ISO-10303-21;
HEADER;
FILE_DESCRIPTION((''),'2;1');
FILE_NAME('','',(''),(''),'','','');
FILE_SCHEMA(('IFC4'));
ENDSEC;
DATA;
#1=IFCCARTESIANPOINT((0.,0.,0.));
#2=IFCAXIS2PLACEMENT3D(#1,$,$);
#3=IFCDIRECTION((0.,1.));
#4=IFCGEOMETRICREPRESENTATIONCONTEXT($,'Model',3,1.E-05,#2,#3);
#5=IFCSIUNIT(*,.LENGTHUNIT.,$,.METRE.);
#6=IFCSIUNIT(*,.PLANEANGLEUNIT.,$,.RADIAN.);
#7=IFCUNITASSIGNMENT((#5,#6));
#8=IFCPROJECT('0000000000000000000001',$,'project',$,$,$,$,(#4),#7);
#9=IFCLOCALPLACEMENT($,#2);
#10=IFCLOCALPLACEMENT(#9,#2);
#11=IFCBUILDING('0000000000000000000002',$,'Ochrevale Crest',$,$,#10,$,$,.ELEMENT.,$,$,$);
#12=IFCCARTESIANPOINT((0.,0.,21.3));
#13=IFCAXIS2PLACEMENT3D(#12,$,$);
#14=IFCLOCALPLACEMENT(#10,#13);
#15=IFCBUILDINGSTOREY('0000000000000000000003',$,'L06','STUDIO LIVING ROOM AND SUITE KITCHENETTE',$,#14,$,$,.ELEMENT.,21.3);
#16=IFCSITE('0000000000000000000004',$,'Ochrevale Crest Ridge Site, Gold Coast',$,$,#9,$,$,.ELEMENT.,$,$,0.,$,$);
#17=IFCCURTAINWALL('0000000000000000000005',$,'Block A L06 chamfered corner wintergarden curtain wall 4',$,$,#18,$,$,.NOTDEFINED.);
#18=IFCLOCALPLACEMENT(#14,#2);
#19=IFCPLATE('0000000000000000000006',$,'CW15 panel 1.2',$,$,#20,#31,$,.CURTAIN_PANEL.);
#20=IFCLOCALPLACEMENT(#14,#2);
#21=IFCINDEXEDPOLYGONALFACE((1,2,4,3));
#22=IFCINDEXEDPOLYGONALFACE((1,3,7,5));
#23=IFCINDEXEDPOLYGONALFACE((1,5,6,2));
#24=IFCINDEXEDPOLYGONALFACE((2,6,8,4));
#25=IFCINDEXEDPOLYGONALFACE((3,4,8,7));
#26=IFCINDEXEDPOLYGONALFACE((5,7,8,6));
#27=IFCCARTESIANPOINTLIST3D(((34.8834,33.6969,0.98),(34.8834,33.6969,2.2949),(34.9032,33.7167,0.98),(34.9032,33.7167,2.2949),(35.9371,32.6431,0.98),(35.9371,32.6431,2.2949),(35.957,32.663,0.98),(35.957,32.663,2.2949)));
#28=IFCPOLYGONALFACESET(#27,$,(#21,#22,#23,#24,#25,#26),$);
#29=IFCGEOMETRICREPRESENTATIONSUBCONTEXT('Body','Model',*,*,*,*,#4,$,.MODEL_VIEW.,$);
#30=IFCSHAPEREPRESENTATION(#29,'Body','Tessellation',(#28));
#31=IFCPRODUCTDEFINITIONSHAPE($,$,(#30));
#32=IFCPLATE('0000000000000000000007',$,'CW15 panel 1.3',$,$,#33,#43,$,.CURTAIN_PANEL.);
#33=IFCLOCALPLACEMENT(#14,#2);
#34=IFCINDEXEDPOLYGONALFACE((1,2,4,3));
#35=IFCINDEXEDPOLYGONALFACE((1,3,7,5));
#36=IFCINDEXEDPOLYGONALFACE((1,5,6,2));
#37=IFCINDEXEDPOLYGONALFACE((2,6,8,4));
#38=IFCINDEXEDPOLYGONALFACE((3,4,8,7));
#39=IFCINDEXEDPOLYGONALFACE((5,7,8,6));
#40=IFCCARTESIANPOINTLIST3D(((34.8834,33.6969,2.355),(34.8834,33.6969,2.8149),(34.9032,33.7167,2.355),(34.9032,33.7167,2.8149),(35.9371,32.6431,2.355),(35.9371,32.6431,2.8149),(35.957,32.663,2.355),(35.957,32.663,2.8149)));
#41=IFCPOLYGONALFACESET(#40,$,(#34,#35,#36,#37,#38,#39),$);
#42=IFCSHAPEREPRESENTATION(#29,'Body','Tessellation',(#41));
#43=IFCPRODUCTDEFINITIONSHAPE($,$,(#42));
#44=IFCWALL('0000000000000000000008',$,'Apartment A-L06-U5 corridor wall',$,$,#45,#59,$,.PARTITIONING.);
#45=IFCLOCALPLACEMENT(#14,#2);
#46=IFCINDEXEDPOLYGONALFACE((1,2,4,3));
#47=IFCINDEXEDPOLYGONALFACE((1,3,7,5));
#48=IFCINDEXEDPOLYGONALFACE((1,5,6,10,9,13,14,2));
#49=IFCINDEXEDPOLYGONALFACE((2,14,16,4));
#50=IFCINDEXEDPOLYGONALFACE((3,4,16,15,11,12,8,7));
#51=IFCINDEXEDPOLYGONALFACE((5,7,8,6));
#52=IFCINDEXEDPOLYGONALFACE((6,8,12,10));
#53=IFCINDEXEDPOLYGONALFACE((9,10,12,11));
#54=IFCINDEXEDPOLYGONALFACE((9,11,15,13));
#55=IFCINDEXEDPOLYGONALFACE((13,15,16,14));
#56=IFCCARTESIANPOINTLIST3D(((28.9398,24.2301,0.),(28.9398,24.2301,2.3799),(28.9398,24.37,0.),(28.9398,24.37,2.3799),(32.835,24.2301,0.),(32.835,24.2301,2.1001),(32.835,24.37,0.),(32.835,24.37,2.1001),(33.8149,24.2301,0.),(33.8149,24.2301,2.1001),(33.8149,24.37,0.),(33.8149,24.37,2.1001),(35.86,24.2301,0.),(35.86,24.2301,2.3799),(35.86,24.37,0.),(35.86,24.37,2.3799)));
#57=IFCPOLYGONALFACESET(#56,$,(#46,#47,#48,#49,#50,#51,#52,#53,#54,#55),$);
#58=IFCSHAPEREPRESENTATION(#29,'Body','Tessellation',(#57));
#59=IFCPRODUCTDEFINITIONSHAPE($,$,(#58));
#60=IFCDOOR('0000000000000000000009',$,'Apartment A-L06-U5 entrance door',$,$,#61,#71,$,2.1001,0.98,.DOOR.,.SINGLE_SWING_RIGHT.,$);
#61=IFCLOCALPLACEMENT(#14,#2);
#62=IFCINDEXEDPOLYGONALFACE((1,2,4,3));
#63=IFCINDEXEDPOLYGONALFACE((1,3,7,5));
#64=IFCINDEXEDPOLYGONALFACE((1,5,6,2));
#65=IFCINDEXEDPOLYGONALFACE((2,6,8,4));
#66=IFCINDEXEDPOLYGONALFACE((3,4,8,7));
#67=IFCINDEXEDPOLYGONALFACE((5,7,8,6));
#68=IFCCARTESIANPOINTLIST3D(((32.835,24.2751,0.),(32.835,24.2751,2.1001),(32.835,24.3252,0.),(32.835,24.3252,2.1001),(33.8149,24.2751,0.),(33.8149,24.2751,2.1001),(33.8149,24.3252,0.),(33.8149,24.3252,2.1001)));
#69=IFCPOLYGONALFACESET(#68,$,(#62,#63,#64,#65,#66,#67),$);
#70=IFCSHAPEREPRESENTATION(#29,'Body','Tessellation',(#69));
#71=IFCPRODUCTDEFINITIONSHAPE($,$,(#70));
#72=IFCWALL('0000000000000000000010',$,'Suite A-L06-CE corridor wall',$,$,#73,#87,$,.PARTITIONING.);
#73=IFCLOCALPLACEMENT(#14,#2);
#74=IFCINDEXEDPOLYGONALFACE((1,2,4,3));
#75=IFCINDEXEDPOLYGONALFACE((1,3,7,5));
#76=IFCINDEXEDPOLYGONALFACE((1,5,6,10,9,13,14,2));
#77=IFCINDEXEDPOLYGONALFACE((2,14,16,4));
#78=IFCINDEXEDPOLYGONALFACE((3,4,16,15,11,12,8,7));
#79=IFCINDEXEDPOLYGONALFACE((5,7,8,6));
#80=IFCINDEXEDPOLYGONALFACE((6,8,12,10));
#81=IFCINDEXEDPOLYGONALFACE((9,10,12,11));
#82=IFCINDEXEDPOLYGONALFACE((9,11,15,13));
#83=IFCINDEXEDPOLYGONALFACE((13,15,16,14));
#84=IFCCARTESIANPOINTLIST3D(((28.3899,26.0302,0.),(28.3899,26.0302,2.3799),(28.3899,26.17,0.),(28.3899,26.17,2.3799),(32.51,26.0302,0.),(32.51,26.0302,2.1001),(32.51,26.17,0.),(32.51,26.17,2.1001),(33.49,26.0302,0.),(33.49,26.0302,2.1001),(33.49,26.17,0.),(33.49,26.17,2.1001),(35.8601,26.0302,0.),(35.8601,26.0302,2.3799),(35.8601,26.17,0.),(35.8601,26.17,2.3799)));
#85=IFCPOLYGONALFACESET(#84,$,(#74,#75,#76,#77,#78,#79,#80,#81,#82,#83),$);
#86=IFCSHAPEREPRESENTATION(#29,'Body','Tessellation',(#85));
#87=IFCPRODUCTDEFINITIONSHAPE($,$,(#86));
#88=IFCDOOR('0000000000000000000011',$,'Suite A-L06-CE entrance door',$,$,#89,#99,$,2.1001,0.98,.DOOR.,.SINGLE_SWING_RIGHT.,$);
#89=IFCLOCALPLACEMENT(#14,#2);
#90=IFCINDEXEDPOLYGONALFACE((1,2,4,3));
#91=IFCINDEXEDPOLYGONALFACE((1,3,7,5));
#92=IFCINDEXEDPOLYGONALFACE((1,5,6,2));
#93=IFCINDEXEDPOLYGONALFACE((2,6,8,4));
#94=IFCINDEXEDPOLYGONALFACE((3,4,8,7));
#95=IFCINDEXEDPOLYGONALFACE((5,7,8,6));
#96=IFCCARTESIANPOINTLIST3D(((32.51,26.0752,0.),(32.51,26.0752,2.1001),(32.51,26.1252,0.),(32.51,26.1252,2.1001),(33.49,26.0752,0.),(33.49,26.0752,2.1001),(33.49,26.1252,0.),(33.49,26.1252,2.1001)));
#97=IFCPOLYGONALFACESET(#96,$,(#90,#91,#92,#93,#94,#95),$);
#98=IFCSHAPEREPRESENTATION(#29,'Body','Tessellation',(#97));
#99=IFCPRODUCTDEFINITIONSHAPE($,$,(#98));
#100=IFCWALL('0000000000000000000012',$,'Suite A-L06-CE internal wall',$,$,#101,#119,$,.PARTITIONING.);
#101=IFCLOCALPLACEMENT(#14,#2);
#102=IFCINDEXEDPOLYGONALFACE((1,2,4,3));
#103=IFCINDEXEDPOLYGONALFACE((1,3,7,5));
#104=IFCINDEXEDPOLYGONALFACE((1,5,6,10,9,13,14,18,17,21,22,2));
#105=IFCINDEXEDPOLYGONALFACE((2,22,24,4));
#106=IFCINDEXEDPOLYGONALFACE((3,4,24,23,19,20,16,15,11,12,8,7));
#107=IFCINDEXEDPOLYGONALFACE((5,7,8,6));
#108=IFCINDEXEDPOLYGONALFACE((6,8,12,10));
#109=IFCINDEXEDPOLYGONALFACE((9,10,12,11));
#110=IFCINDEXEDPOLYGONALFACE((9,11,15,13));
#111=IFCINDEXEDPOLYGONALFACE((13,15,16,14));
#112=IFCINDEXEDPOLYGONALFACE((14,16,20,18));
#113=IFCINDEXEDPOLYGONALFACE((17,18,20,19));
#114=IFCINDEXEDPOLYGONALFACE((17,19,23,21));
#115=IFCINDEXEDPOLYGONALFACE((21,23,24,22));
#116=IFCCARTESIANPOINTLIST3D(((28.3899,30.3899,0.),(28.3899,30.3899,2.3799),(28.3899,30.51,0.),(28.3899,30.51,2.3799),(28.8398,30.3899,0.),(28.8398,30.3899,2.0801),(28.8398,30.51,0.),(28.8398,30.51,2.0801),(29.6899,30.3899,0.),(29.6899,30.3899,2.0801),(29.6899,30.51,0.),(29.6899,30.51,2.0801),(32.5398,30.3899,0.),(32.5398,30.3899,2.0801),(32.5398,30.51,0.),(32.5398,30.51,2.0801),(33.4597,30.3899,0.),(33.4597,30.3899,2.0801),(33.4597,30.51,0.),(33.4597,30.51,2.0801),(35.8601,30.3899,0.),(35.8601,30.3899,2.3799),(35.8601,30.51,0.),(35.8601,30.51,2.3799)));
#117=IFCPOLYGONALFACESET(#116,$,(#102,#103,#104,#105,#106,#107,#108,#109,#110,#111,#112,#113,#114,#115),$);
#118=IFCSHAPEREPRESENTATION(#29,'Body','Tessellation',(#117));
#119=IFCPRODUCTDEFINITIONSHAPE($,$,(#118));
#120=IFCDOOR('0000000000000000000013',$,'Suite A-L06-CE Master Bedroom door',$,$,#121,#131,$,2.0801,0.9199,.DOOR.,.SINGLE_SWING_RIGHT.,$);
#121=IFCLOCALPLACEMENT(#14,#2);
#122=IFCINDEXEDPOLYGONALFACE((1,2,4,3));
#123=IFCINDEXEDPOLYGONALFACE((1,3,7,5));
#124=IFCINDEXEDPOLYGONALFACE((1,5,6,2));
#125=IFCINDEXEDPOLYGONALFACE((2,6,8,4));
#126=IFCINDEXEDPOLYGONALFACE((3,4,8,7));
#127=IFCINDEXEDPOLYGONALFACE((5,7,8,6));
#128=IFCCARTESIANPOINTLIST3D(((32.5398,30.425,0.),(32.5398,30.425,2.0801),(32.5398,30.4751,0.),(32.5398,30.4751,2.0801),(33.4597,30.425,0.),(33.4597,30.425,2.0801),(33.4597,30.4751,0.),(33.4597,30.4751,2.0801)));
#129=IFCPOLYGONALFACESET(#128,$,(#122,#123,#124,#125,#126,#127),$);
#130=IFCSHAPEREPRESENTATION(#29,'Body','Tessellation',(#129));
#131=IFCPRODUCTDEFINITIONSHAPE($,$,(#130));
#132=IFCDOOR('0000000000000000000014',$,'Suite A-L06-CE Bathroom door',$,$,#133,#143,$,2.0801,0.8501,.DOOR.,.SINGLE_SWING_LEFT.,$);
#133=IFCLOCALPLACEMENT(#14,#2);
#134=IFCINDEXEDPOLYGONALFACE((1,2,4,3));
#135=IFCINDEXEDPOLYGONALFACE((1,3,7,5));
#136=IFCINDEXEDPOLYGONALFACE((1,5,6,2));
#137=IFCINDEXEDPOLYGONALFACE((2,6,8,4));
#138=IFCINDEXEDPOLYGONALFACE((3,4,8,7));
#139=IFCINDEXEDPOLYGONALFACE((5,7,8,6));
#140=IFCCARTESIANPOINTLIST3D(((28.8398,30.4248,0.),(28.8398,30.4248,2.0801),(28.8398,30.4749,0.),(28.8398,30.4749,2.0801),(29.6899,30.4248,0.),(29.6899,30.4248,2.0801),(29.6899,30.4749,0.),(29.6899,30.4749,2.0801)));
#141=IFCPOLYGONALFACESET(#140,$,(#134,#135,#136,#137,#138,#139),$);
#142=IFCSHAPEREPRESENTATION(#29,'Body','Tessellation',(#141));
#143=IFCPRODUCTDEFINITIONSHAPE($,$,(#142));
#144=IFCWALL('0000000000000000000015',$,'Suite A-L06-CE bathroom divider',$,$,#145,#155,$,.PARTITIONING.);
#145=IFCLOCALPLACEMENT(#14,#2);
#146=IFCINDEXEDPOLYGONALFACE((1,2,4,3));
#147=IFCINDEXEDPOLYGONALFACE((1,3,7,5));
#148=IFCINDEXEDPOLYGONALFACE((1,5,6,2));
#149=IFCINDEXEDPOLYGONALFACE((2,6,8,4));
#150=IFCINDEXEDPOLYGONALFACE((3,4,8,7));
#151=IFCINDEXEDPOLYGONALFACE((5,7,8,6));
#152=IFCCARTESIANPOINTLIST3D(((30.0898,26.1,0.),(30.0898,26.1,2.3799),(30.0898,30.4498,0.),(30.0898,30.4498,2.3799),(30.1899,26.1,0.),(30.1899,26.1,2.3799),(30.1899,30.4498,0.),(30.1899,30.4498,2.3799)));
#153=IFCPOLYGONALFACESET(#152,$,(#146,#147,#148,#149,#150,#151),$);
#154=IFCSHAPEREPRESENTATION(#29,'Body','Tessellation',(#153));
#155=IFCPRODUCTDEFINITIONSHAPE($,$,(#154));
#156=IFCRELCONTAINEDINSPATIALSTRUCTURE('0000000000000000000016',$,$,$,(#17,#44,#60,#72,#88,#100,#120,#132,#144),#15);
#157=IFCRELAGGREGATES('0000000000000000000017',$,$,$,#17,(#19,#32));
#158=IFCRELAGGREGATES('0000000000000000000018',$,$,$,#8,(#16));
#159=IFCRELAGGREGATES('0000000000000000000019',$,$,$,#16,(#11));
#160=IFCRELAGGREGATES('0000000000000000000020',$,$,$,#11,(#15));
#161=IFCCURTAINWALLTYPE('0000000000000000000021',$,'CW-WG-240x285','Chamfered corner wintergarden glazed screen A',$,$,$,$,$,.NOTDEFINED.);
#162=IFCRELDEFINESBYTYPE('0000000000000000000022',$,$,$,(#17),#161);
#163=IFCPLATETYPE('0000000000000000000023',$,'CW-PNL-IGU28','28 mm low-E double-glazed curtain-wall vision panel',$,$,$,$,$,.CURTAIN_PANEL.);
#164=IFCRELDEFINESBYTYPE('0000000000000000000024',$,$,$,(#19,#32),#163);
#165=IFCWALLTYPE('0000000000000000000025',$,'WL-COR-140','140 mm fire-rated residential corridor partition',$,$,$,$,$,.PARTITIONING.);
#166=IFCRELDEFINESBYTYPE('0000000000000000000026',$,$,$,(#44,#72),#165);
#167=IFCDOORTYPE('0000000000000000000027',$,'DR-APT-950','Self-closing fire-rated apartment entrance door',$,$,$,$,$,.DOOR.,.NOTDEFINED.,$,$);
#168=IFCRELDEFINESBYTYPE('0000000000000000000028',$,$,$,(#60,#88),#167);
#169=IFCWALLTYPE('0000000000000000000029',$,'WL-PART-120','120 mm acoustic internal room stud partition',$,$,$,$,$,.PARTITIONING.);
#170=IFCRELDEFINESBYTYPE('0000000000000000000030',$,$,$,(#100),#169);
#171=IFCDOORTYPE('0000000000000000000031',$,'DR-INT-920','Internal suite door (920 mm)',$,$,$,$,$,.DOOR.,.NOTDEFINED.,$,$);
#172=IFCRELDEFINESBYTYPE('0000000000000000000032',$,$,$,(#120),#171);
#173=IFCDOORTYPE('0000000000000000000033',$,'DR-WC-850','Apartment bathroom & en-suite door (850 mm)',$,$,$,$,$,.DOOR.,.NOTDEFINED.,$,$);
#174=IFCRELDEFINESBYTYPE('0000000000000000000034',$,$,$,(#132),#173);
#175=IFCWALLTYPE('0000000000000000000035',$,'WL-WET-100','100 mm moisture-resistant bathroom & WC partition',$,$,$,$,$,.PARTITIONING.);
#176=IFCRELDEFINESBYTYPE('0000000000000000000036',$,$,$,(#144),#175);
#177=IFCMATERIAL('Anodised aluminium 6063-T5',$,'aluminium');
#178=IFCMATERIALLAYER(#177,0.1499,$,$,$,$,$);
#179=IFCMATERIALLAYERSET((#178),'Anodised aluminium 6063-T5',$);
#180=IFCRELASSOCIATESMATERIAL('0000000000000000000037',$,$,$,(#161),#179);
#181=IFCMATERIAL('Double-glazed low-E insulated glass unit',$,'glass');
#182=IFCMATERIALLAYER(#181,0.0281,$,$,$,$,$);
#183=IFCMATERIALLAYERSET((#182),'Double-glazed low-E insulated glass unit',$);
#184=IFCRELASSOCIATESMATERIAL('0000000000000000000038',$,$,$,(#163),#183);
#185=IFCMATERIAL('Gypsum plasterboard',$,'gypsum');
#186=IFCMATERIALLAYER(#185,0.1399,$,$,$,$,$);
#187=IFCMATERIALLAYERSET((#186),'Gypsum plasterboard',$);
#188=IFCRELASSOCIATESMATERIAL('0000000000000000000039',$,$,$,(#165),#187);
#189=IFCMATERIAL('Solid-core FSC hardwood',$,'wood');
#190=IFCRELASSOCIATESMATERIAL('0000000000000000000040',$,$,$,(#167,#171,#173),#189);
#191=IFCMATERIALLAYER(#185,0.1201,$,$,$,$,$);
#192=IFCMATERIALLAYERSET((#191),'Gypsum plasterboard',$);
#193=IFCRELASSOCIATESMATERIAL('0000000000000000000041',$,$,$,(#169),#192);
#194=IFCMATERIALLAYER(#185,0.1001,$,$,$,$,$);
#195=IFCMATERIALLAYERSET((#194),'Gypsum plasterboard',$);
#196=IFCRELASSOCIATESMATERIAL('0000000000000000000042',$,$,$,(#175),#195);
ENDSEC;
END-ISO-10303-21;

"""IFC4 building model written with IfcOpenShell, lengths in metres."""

from ifc_helpers import new_model, si_unit, direction, frame, frame_2d, origin, origin_2d, place, context, subcontext, project, spatial, rectangle, extrude, material, layer, layer_set, type_object, element, fill, aggregate, save


model = new_model("IFC4")

# Units and contexts
model_context = context("Model", 3, precision=1e-05, world=origin(), true_north=direction((0.0, 1.0)))
body_context = subcontext(model_context, "Body", "Model", "MODEL_VIEW")
ifc_project = project(units=[si_unit("LENGTHUNIT", "METRE"), si_unit("PLANEANGLEUNIT", "RADIAN")], contexts=[model_context])

# Site, building, storey
site_placement = place(None, origin())
site = spatial("IfcSite", under=ifc_project, at=site_placement, Name="Ochrevale Crest Ridge Site, Gold Coast", CompositionType="ELEMENT", RefElevation=0.0)
building_placement = place(site_placement, origin())
building = spatial("IfcBuilding", under=site, at=building_placement, Name="Ochrevale Crest", CompositionType="ELEMENT")
storey_placement = place(building_placement, frame((0.0, 0.0, 21.3)))
storey = spatial("IfcBuildingStorey", under=building, at=storey_placement, Name="L06", Description="STUDIO LIVING ROOM AND SUITE KITCHENETTE", CompositionType="ELEMENT", Elevation=21.3)

# Curtain wall, plates
ifc_material_1 = material(Name="Anodised aluminium 6063-T5", Category="aluminium")
ifc_layer_1 = layer(ifc_material_1, 0.1499)
ifc_layer_set_1 = layer_set([ifc_layer_1], Name="Anodised aluminium 6063-T5")
curtain_wall_type = type_object("IfcCurtainWallType", Name="CW-WG-240x285", Description="Chamfered corner wintergarden glazed screen A", PredefinedType="NOTDEFINED", material=ifc_layer_set_1)
curtain_wall_placement = place(storey_placement, origin())
curtain_wall = element("IfcCurtainWall", 1, at=curtain_wall_placement, inside=storey, type_object=curtain_wall_type, Name="Block A L06 chamfered corner wintergarden curtain wall 4", PredefinedType="NOTDEFINED")
ifc_material_2 = material(Name="Double-glazed low-E insulated glass unit", Category="glass")
ifc_layer_2 = layer(ifc_material_2, 0.0281)
ifc_layer_set_2 = layer_set([ifc_layer_2], Name="Double-glazed low-E insulated glass unit")
plate_type = type_object("IfcPlateType", Name="CW-PNL-IGU28", Description="28 mm low-E double-glazed curtain-wall vision panel", PredefinedType="CURTAIN_PANEL", material=ifc_layer_set_2)
plate_1_placement = place(storey_placement, frame((35.4202, 33.1799, 0.98), z_axis=(0.0, 0.0, 1.0), x_axis=(-0.707107, 0.707107, 0.0)))
plate_1 = element("IfcPlate", 2, at=plate_1_placement, type_object=plate_type, Name="CW15 panel 1.2", PredefinedType="CURTAIN_PANEL", context=body_context, shape_type="SweptSolid", body=[
    extrude(rectangle(XDim=1.4902, YDim=0.0281, at=origin_2d()), origin(), (0.0, 0.0, 1.0), 1.3149),
])
plate_2_placement = place(storey_placement, frame((35.4202, 33.1799, 2.355), z_axis=(0.0, 0.0, 1.0), x_axis=(-0.707107, 0.707107, 0.0)))
plate_2 = element("IfcPlate", 3, at=plate_2_placement, type_object=plate_type, Name="CW15 panel 1.3", PredefinedType="CURTAIN_PANEL", context=body_context, shape_type="SweptSolid", body=[
    extrude(rectangle(XDim=1.4902, YDim=0.0281, at=origin_2d()), origin(), (0.0, 0.0, 1.0), 0.46),
])
aggregate(curtain_wall, [plate_1, plate_2])

# Walls, openings, doors
ifc_material_3 = material(Name="Gypsum plasterboard", Category="gypsum")
ifc_layer_3 = layer(ifc_material_3, 0.1399)
ifc_layer_set_3 = layer_set([ifc_layer_3], Name="Gypsum plasterboard")
wall_type_1 = type_object("IfcWallType", Name="WL-COR-140", Description="140 mm fire-rated residential corridor partition", PredefinedType="PARTITIONING", material=ifc_layer_set_3)
wall_1_placement = place(storey_placement, frame((28.9399, 24.3, 0.0), z_axis=(0.0, 0.0, 1.0), x_axis=(1.0, 0.0, 0.0)))
wall_1 = element("IfcWall", 4, at=wall_1_placement, inside=storey, type_object=wall_type_1, Name="Apartment A-L06-U5 corridor wall", PredefinedType="PARTITIONING", context=body_context, shape_type="SweptSolid", body=[
    extrude(rectangle(XDim=6.9202, YDim=0.1399, at=frame_2d((3.46, 0.0))), origin(), (0.0, 0.0, 1.0), 2.3799),
])
opening_1_placement = place(wall_1_placement, frame((4.875, 0.0, 0.0), z_axis=(0.0, 0.0, 1.0), x_axis=(-1.0, 0.0, 0.0)))
opening_1 = element("IfcOpeningElement", 5, at=opening_1_placement, cuts=wall_1, PredefinedType="OPENING", context=body_context, shape_type="SweptSolid", body=[
    extrude(rectangle(XDim=0.98, YDim=2.1001, at=frame_2d((0.49, 1.05))), frame((0.0, 0.0801, 0.0), z_axis=(0.0, -1.0, 0.0), x_axis=(1.0, 0.0, 0.0)), (0.0, 0.0, 1.0), 0.1599),
])
ifc_material_4 = material(Name="Solid-core FSC hardwood", Category="wood")
door_type_1 = type_object("IfcDoorType", Name="DR-APT-950", Description="Self-closing fire-rated apartment entrance door", OperationType="NOTDEFINED", PredefinedType="DOOR", material=ifc_material_4)
door_1_placement = place(opening_1_placement, origin())
door_1 = element("IfcDoor", 6, at=door_1_placement, inside=storey, type_object=door_type_1, Name="Apartment A-L06-U5 entrance door", OperationType="SINGLE_SWING_RIGHT", OverallHeight=2.1001, OverallWidth=0.98, PredefinedType="DOOR", context=body_context, shape_type="SweptSolid", body=[
    extrude(rectangle(XDim=0.98, YDim=2.1001, at=frame_2d((0.49, 1.05))), frame((0.0, 0.0249, 0.0), z_axis=(0.0, -1.0, 0.0), x_axis=(1.0, 0.0, 0.0)), (0.0, 0.0, 1.0), 0.05),
])
fill(opening_1, door_1)
wall_2_placement = place(storey_placement, frame((28.3899, 26.1001, 0.0), z_axis=(0.0, 0.0, 1.0), x_axis=(1.0, 0.0, 0.0)))
wall_2 = element("IfcWall", 7, at=wall_2_placement, inside=storey, type_object=wall_type_1, Name="Suite A-L06-CE corridor wall", PredefinedType="PARTITIONING", context=body_context, shape_type="SweptSolid", body=[
    extrude(rectangle(XDim=7.4702, YDim=0.1399, at=frame_2d((3.7351, 0.0))), origin(), (0.0, 0.0, 1.0), 2.3799),
])
opening_2_placement = place(wall_2_placement, frame((5.1001, 0.0, 0.0), z_axis=(0.0, 0.0, 1.0), x_axis=(-1.0, 0.0, 0.0)))
opening_2 = element("IfcOpeningElement", 8, at=opening_2_placement, cuts=wall_2, PredefinedType="OPENING", context=body_context, shape_type="SweptSolid", body=[
    extrude(rectangle(XDim=0.98, YDim=2.1001, at=frame_2d((0.49, 1.05))), frame((0.0, 0.0801, 0.0), z_axis=(0.0, -1.0, 0.0), x_axis=(1.0, 0.0, 0.0)), (0.0, 0.0, 1.0), 0.1599),
])
door_2_placement = place(opening_2_placement, origin())
door_2 = element("IfcDoor", 9, at=door_2_placement, inside=storey, type_object=door_type_1, Name="Suite A-L06-CE entrance door", OperationType="SINGLE_SWING_RIGHT", OverallHeight=2.1001, OverallWidth=0.98, PredefinedType="DOOR", context=body_context, shape_type="SweptSolid", body=[
    extrude(rectangle(XDim=0.98, YDim=2.1001, at=frame_2d((0.49, 1.05))), frame((0.0, 0.0249, 0.0), z_axis=(0.0, -1.0, 0.0), x_axis=(1.0, 0.0, 0.0)), (0.0, 0.0, 1.0), 0.05),
])
fill(opening_2, door_2)

# Wall, openings, doors
ifc_layer_4 = layer(ifc_material_3, 0.1201)
ifc_layer_set_4 = layer_set([ifc_layer_4], Name="Gypsum plasterboard")
wall_type_2 = type_object("IfcWallType", Name="WL-PART-120", Description="120 mm acoustic internal room stud partition", PredefinedType="PARTITIONING", material=ifc_layer_set_4)
wall_3_placement = place(storey_placement, frame((28.3899, 30.45, 0.0), z_axis=(0.0, 0.0, 1.0), x_axis=(1.0, 0.0, 0.0)))
wall_3 = element("IfcWall", 10, at=wall_3_placement, inside=storey, type_object=wall_type_2, Name="Suite A-L06-CE internal wall", PredefinedType="PARTITIONING", context=body_context, shape_type="SweptSolid", body=[
    extrude(rectangle(XDim=7.4702, YDim=0.1201, at=frame_2d((3.7351, 0.0))), origin(), (0.0, 0.0, 1.0), 2.3799),
])
opening_3_placement = place(wall_3_placement, frame((0.45, 0.0, 0.0)))
opening_3 = element("IfcOpeningElement", 11, at=opening_3_placement, cuts=wall_3, PredefinedType="OPENING", context=body_context, shape_type="SweptSolid", body=[
    extrude(rectangle(XDim=0.8501, YDim=2.0801, at=frame_2d((0.425, 1.04))), frame((0.0, 0.0701, 0.0), z_axis=(0.0, -1.0, 0.0), x_axis=(1.0, 0.0, 0.0)), (0.0, 0.0, 1.0), 0.1401),
])
opening_4_placement = place(wall_3_placement, frame((5.0698, 0.0, 0.0), z_axis=(0.0, 0.0, 1.0), x_axis=(-1.0, 0.0, 0.0)))
opening_4 = element("IfcOpeningElement", 12, at=opening_4_placement, cuts=wall_3, PredefinedType="OPENING", context=body_context, shape_type="SweptSolid", body=[
    extrude(rectangle(XDim=0.9199, YDim=2.0801, at=frame_2d((0.46, 1.04))), frame((0.0, 0.0701, 0.0), z_axis=(0.0, -1.0, 0.0), x_axis=(1.0, 0.0, 0.0)), (0.0, 0.0, 1.0), 0.1401),
])
door_type_2 = type_object("IfcDoorType", Name="DR-INT-920", Description="Internal suite door (920 mm)", OperationType="NOTDEFINED", PredefinedType="DOOR", material=ifc_material_4)
door_3_placement = place(opening_4_placement, origin())
door_3 = element("IfcDoor", 13, at=door_3_placement, inside=storey, type_object=door_type_2, Name="Suite A-L06-CE Master Bedroom door", OperationType="SINGLE_SWING_RIGHT", OverallHeight=2.0801, OverallWidth=0.9199, PredefinedType="DOOR", context=body_context, shape_type="SweptSolid", body=[
    extrude(rectangle(XDim=0.9199, YDim=2.0801, at=frame_2d((0.46, 1.04))), frame((0.0, 0.0249, 0.0), z_axis=(0.0, -1.0, 0.0), x_axis=(1.0, 0.0, 0.0)), (0.0, 0.0, 1.0), 0.05),
])
fill(opening_4, door_3)
door_type_3 = type_object("IfcDoorType", Name="DR-WC-850", Description="Apartment bathroom & en-suite door (850 mm)", OperationType="NOTDEFINED", PredefinedType="DOOR", material=ifc_material_4)
door_4_placement = place(opening_3_placement, origin())
door_4 = element("IfcDoor", 14, at=door_4_placement, inside=storey, type_object=door_type_3, Name="Suite A-L06-CE Bathroom door", OperationType="SINGLE_SWING_LEFT", OverallHeight=2.0801, OverallWidth=0.8501, PredefinedType="DOOR", context=body_context, shape_type="SweptSolid", body=[
    extrude(rectangle(XDim=0.8501, YDim=2.0801, at=frame_2d((0.425, 1.04))), frame((0.0, 0.0249, 0.0), z_axis=(0.0, -1.0, 0.0), x_axis=(1.0, 0.0, 0.0)), (0.0, 0.0, 1.0), 0.05),
])
fill(opening_3, door_4)

# Wall
ifc_layer_5 = layer(ifc_material_3, 0.1001)
ifc_layer_set_5 = layer_set([ifc_layer_5], Name="Gypsum plasterboard")
wall_type_3 = type_object("IfcWallType", Name="WL-WET-100", Description="100 mm moisture-resistant bathroom & WC partition", PredefinedType="PARTITIONING", material=ifc_layer_set_5)
wall_4_placement = place(storey_placement, frame((30.1399, 26.1001, 0.0), z_axis=(0.0, 0.0, 1.0), x_axis=(0.0, 1.0, 0.0)))
element("IfcWall", 15, at=wall_4_placement, inside=storey, type_object=wall_type_3, Name="Suite A-L06-CE bathroom divider", PredefinedType="PARTITIONING", context=body_context, shape_type="SweptSolid", body=[
    extrude(rectangle(XDim=4.3499, YDim=0.1001, at=frame_2d((2.1748, 0.0))), origin(), (0.0, 0.0, 1.0), 2.3799),
])

save(model, "model.ifc")
